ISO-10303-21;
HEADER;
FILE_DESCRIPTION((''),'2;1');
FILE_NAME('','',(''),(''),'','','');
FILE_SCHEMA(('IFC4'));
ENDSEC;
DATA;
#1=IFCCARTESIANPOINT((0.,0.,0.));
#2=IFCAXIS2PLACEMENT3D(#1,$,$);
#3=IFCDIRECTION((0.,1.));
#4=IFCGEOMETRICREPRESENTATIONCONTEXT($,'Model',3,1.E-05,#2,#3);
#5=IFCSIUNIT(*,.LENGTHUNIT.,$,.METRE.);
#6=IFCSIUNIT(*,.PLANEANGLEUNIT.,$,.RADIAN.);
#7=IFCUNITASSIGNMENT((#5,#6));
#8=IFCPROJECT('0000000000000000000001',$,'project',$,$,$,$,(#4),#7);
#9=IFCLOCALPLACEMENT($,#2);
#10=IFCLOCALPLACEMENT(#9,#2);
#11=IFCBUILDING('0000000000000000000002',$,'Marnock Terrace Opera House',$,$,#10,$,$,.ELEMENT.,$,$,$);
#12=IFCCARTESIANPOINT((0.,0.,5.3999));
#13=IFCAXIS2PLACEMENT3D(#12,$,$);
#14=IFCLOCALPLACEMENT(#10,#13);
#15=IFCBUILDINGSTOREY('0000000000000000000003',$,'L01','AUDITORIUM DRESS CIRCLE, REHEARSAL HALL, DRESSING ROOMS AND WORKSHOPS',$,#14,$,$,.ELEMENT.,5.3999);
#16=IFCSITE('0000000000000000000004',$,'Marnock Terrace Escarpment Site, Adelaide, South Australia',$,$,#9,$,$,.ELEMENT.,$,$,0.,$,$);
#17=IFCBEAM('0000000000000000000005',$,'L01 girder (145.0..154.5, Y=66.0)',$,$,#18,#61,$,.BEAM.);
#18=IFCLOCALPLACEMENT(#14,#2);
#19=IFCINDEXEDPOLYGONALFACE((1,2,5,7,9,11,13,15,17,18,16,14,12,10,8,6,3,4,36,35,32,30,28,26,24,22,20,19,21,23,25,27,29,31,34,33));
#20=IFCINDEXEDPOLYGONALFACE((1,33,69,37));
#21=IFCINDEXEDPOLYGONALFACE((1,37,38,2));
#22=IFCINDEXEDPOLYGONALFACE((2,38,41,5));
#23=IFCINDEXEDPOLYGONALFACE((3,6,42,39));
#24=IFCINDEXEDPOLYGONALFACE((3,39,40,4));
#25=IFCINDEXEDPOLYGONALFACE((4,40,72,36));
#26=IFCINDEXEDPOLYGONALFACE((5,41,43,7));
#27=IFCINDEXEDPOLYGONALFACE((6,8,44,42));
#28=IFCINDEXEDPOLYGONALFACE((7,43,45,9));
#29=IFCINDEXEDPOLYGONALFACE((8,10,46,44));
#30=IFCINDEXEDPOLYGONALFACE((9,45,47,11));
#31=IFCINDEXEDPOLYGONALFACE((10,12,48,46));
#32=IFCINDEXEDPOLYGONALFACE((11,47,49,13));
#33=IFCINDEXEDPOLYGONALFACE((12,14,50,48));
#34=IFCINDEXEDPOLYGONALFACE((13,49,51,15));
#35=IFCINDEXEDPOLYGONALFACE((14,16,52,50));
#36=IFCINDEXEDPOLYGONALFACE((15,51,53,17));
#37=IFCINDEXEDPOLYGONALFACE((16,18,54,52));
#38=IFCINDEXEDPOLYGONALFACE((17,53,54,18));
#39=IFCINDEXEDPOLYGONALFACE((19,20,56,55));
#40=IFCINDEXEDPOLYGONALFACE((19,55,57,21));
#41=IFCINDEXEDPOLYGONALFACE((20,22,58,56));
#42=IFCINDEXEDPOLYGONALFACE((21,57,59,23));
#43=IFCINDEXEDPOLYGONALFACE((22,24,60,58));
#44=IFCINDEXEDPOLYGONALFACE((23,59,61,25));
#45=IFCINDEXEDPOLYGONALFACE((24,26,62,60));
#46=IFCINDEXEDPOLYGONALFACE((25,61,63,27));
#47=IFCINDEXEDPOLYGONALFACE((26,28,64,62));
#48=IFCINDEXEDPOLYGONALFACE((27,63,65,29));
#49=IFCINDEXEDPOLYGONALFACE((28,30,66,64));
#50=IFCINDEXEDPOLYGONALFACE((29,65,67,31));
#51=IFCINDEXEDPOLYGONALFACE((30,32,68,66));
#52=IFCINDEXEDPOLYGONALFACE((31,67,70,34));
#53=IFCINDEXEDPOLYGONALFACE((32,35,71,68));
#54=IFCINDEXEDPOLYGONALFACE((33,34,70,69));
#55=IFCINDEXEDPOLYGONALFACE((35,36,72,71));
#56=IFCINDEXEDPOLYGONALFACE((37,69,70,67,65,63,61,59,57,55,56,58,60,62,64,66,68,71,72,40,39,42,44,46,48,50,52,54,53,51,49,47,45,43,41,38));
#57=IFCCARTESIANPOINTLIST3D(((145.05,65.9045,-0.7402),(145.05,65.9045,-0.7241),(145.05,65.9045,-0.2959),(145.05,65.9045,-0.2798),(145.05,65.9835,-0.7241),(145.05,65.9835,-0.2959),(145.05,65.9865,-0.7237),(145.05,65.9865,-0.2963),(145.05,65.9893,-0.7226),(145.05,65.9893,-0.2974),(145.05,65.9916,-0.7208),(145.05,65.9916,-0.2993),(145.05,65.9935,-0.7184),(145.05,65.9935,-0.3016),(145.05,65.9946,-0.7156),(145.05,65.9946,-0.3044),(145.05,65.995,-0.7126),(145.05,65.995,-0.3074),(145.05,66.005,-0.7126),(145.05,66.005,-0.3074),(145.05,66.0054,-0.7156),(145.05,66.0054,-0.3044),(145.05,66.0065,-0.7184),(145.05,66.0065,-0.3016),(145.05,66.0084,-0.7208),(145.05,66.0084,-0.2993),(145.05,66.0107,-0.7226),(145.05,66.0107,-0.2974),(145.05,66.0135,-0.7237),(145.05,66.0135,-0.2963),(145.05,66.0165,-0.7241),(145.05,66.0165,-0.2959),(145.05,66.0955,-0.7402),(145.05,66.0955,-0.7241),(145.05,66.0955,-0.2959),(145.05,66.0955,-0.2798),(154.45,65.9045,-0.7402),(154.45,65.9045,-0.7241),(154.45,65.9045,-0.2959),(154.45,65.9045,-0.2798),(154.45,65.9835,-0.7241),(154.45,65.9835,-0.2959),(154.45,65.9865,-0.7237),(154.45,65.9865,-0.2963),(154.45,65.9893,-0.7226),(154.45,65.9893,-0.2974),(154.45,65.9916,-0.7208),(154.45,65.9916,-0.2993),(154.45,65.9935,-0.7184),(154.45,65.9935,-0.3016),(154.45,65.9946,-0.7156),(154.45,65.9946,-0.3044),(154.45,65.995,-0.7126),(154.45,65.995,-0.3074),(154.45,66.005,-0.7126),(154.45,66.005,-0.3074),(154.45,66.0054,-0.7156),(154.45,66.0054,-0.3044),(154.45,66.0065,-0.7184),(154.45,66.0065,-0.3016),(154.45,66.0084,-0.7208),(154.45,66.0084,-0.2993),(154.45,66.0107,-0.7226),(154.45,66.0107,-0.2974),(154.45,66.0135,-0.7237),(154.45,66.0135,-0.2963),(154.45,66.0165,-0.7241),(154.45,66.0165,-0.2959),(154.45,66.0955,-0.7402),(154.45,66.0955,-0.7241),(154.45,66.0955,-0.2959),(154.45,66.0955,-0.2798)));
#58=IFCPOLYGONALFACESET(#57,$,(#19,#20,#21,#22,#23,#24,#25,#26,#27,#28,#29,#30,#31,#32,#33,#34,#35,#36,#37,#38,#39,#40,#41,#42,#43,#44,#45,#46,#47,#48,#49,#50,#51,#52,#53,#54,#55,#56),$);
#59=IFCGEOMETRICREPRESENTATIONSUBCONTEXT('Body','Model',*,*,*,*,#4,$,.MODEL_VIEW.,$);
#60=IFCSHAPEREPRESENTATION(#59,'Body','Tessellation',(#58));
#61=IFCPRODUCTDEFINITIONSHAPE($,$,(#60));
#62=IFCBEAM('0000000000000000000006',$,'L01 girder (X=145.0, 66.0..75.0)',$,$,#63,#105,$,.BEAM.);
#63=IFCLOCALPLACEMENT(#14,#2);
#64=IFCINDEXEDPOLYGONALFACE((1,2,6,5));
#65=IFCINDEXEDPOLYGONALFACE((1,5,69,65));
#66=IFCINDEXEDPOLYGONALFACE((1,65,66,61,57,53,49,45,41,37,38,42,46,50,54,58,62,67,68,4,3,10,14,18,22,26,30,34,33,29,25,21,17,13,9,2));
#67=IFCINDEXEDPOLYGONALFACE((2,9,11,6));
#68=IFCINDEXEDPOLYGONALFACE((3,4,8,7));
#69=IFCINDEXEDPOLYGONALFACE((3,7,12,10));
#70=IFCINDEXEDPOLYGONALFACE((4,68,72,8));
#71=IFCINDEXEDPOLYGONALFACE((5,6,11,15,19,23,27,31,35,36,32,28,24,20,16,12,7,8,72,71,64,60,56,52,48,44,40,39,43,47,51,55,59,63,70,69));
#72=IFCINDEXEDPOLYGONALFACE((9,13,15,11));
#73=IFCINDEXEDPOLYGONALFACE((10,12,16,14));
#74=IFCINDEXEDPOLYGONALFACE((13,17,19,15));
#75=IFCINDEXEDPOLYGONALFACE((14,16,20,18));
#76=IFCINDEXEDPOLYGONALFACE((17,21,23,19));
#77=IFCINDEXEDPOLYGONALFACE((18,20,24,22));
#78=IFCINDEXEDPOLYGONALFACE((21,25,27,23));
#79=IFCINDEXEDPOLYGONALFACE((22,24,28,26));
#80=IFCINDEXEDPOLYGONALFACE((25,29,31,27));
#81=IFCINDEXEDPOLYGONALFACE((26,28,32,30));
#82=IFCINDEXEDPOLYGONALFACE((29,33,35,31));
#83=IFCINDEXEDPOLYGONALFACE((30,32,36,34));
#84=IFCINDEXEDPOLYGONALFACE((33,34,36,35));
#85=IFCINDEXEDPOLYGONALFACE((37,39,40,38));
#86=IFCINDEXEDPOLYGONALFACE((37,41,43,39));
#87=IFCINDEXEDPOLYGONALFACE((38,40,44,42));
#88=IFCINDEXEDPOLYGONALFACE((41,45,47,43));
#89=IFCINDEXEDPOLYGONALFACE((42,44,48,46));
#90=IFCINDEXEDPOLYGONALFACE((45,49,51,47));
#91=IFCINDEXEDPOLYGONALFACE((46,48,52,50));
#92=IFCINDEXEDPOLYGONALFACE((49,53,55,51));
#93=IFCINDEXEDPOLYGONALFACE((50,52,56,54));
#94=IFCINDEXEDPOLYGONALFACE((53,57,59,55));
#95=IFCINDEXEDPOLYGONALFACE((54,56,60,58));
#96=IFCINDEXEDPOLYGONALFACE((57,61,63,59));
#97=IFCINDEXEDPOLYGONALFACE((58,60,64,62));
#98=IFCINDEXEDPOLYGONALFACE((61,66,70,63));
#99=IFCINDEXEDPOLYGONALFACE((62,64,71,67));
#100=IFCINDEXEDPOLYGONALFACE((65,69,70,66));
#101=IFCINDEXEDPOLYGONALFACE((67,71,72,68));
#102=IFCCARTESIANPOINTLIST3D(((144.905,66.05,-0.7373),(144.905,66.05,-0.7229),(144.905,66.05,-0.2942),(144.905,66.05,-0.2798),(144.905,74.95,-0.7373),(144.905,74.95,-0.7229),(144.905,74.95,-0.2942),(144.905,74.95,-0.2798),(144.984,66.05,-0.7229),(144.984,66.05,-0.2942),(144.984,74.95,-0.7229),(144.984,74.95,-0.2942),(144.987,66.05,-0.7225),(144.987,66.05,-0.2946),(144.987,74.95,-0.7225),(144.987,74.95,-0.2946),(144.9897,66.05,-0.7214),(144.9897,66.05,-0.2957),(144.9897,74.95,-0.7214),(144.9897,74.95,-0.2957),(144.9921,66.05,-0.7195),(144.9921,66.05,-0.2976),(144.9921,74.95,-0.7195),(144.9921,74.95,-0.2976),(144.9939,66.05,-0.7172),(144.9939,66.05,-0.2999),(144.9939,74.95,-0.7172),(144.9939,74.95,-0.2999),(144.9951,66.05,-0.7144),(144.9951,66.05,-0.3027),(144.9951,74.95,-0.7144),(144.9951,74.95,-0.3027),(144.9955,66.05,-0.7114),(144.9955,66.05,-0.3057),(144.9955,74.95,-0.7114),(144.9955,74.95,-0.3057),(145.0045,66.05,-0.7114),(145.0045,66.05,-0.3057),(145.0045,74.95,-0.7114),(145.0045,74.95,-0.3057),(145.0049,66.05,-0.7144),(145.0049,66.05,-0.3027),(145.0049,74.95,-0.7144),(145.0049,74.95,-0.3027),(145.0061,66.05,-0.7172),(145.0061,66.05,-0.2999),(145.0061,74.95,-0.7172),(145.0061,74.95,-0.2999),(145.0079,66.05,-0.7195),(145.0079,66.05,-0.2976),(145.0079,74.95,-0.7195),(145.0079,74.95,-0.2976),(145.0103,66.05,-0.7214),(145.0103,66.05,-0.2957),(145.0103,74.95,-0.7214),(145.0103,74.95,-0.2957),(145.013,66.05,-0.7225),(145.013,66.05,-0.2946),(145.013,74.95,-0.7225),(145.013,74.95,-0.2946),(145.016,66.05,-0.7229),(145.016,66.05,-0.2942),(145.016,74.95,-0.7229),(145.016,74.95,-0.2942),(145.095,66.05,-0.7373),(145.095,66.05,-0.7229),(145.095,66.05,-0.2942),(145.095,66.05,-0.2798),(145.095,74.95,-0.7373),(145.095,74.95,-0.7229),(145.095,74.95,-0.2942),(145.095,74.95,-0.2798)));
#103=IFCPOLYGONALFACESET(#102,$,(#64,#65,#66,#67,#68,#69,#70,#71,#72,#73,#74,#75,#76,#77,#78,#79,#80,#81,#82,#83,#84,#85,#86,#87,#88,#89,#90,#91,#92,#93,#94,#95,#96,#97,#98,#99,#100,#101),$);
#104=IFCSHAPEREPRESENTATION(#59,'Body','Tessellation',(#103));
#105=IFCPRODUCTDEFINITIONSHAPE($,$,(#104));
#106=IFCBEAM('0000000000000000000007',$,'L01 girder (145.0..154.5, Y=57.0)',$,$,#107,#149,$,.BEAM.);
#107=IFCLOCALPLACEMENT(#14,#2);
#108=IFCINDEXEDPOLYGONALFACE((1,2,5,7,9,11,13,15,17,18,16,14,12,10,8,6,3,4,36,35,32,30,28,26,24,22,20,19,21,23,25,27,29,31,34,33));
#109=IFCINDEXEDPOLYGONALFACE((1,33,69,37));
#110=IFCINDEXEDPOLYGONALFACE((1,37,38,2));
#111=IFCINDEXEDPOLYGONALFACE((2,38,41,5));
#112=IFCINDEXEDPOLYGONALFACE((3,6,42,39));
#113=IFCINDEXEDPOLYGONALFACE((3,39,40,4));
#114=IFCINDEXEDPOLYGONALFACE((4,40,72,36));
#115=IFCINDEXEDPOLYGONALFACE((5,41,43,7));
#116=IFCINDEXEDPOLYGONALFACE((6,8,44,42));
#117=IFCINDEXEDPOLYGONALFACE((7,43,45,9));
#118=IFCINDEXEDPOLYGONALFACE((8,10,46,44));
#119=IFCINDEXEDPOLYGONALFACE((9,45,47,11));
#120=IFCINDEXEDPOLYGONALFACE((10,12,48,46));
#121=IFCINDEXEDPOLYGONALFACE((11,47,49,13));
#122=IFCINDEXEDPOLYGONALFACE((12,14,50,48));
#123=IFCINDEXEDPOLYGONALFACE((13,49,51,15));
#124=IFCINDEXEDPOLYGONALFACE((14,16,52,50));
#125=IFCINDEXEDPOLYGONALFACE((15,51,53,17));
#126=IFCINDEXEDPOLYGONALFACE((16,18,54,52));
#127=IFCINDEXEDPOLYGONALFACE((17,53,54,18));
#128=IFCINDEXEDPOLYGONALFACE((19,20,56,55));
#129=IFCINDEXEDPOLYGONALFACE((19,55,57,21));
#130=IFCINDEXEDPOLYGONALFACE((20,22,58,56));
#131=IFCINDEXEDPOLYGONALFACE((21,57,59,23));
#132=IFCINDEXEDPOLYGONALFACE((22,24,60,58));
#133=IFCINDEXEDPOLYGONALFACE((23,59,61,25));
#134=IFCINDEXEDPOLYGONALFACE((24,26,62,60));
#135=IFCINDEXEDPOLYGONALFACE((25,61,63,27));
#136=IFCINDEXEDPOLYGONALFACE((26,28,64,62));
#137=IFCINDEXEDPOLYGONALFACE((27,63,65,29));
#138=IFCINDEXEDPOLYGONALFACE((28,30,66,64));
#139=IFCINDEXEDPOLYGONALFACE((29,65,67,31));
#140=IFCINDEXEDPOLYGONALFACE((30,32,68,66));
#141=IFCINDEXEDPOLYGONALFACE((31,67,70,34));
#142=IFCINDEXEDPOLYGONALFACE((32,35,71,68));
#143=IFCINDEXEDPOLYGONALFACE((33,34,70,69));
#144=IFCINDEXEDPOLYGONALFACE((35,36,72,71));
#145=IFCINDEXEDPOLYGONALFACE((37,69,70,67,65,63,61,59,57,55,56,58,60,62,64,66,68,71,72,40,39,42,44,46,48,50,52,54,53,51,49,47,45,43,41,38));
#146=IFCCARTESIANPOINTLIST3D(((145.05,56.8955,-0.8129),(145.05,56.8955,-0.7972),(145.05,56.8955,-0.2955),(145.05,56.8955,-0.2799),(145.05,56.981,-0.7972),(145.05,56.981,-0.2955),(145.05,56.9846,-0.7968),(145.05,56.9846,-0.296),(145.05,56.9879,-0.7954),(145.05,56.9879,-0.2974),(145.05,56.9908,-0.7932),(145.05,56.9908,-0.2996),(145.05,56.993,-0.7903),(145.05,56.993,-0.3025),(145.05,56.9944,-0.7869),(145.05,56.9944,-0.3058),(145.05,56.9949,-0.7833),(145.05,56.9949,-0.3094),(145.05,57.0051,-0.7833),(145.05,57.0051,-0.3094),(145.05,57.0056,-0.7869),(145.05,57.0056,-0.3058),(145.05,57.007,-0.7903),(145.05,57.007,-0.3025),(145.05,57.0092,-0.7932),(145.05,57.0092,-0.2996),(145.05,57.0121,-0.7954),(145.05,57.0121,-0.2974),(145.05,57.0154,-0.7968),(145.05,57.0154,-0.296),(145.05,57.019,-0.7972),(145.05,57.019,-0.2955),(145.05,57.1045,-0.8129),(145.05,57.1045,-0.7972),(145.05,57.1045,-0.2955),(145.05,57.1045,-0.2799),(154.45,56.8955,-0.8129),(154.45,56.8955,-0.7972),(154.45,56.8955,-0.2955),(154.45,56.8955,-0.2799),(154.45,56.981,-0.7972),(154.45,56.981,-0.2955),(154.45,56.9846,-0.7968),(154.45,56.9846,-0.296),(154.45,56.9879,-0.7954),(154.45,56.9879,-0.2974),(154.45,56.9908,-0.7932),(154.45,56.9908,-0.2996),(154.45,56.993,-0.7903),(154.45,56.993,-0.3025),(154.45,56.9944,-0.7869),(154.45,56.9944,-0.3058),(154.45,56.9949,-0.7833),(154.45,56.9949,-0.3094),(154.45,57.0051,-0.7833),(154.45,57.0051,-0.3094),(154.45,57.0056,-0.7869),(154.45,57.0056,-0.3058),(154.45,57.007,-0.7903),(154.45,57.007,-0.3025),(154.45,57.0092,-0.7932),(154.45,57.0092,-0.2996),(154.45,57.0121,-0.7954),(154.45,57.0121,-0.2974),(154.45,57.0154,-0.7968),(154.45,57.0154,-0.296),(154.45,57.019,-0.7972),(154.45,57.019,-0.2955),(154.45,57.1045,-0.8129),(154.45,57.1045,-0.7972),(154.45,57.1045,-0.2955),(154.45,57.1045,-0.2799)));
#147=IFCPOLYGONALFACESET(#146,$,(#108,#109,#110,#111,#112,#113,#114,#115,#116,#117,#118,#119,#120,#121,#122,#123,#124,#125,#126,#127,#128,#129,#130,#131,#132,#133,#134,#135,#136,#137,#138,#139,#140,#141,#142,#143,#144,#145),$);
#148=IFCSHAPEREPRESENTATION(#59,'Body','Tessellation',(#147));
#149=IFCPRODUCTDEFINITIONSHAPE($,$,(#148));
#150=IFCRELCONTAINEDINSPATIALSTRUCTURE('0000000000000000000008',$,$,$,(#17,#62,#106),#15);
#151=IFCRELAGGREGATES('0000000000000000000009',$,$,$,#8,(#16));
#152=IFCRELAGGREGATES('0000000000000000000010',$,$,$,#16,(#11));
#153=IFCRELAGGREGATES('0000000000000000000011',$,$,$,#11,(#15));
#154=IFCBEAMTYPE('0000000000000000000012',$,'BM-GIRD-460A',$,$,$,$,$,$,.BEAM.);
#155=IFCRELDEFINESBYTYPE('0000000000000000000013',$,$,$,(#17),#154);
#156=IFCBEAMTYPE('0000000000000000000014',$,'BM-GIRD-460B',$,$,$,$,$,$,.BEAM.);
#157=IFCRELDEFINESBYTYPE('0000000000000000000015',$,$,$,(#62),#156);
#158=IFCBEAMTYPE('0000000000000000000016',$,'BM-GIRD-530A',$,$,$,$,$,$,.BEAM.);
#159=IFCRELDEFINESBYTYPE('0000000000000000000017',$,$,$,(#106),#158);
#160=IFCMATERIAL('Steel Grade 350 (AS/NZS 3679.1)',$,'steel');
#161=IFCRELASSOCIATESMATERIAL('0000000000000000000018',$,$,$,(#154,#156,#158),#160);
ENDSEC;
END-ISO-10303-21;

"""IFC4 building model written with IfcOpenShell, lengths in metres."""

from ifc_helpers import new_model, si_unit, direction, frame, origin, origin_2d, place, context, subcontext, project, spatial, i_section, extrude, material, material_profile, profile_set, type_object, element, save


model = new_model("IFC4")

# Units and contexts
model_context = context("Model", 3, precision=1e-05, world=origin(), true_north=direction((0.0, 1.0)))
body_context = subcontext(model_context, "Body", "Model", "MODEL_VIEW")
ifc_project = project(units=[si_unit("LENGTHUNIT", "METRE"), si_unit("PLANEANGLEUNIT", "RADIAN")], contexts=[model_context])

# Site, building, storey
site_placement = place(None, origin())
site = spatial("IfcSite", under=ifc_project, at=site_placement, Name="Marnock Terrace Escarpment Site, Adelaide, South Australia", CompositionType="ELEMENT", RefElevation=0.0)
building_placement = place(site_placement, origin())
building = spatial("IfcBuilding", under=site, at=building_placement, Name="Marnock Terrace Opera House", CompositionType="ELEMENT")
storey_placement = place(building_placement, frame((0.0, 0.0, 5.3999)))
storey = spatial("IfcBuildingStorey", under=building, at=storey_placement, Name="L01", Description="AUDITORIUM DRESS CIRCLE, REHEARSAL HALL, DRESSING ROOMS AND WORKSHOPS", CompositionType="ELEMENT", Elevation=5.3999)

# Beams
ifc_material_1 = material(Name="Steel Grade 350 (AS/NZS 3679.1)", Category="steel")
ifc_material_profile_1 = material_profile(ifc_material_1, i_section(OverallWidth=0.1909, OverallDepth=0.4604, WebThickness=0.01, FlangeThickness=0.0161, FilletRadius=0.0115, at=origin_2d()))
ifc_profile_set_1 = profile_set([ifc_material_profile_1], Name="Steel Grade 350 (AS/NZS 3679.1)")
beam_type_1 = type_object("IfcBeamType", Name="BM-GIRD-460A", PredefinedType="BEAM", material=ifc_profile_set_1)
beam_1_placement = place(storey_placement, frame((145.05, 66.0, -0.51), z_axis=(1.0, 0.0, 0.0), x_axis=(0.0, 1.0, 0.0)))
element("IfcBeam", 1, at=beam_1_placement, inside=storey, type_object=beam_type_1, Name="L01 girder (145.0..154.5, Y=66.0)", PredefinedType="BEAM", context=body_context, shape_type="SweptSolid", body=[
    extrude(i_section(OverallWidth=0.1909, OverallDepth=0.4604, WebThickness=0.01, FlangeThickness=0.0161, FilletRadius=0.0115, at=origin_2d()), origin(), (0.0, 0.0, 1.0), 9.3999),
])
ifc_material_profile_2 = material_profile(ifc_material_1, i_section(OverallWidth=0.1899, OverallDepth=0.4575, WebThickness=0.009, FlangeThickness=0.0144, FilletRadius=0.0115, at=origin_2d()))
ifc_profile_set_2 = profile_set([ifc_material_profile_2], Name="Steel Grade 350 (AS/NZS 3679.1)")
beam_type_2 = type_object("IfcBeamType", Name="BM-GIRD-460B", PredefinedType="BEAM", material=ifc_profile_set_2)
beam_2_placement = place(storey_placement, frame((145.0, 66.05, -0.5085), z_axis=(0.0, 1.0, 0.0), x_axis=(-1.0, 0.0, 0.0)))
element("IfcBeam", 2, at=beam_2_placement, inside=storey, type_object=beam_type_2, Name="L01 girder (X=145.0, 66.0..75.0)", PredefinedType="BEAM", context=body_context, shape_type="SweptSolid", body=[
    extrude(i_section(OverallWidth=0.1899, OverallDepth=0.4575, WebThickness=0.009, FlangeThickness=0.0144, FilletRadius=0.0115, at=origin_2d()), origin(), (0.0, 0.0, 1.0), 8.8999),
])
ifc_material_profile_3 = material_profile(ifc_material_1, i_section(OverallWidth=0.209, OverallDepth=0.533, WebThickness=0.0103, FlangeThickness=0.0156, FilletRadius=0.0139, at=origin_2d()))
ifc_profile_set_3 = profile_set([ifc_material_profile_3], Name="Steel Grade 350 (AS/NZS 3679.1)")
beam_type_3 = type_object("IfcBeamType", Name="BM-GIRD-530A", PredefinedType="BEAM", material=ifc_profile_set_3)
beam_3_placement = place(storey_placement, frame((145.05, 57.0, -0.5464), z_axis=(1.0, 0.0, 0.0), x_axis=(0.0, 1.0, 0.0)))
element("IfcBeam", 3, at=beam_3_placement, inside=storey, type_object=beam_type_3, Name="L01 girder (145.0..154.5, Y=57.0)", PredefinedType="BEAM", context=body_context, shape_type="SweptSolid", body=[
    extrude(i_section(OverallWidth=0.209, OverallDepth=0.533, WebThickness=0.0103, FlangeThickness=0.0156, FilletRadius=0.0139, at=origin_2d()), origin(), (0.0, 0.0, 1.0), 9.3999),
])

save(model, "model.ifc")
